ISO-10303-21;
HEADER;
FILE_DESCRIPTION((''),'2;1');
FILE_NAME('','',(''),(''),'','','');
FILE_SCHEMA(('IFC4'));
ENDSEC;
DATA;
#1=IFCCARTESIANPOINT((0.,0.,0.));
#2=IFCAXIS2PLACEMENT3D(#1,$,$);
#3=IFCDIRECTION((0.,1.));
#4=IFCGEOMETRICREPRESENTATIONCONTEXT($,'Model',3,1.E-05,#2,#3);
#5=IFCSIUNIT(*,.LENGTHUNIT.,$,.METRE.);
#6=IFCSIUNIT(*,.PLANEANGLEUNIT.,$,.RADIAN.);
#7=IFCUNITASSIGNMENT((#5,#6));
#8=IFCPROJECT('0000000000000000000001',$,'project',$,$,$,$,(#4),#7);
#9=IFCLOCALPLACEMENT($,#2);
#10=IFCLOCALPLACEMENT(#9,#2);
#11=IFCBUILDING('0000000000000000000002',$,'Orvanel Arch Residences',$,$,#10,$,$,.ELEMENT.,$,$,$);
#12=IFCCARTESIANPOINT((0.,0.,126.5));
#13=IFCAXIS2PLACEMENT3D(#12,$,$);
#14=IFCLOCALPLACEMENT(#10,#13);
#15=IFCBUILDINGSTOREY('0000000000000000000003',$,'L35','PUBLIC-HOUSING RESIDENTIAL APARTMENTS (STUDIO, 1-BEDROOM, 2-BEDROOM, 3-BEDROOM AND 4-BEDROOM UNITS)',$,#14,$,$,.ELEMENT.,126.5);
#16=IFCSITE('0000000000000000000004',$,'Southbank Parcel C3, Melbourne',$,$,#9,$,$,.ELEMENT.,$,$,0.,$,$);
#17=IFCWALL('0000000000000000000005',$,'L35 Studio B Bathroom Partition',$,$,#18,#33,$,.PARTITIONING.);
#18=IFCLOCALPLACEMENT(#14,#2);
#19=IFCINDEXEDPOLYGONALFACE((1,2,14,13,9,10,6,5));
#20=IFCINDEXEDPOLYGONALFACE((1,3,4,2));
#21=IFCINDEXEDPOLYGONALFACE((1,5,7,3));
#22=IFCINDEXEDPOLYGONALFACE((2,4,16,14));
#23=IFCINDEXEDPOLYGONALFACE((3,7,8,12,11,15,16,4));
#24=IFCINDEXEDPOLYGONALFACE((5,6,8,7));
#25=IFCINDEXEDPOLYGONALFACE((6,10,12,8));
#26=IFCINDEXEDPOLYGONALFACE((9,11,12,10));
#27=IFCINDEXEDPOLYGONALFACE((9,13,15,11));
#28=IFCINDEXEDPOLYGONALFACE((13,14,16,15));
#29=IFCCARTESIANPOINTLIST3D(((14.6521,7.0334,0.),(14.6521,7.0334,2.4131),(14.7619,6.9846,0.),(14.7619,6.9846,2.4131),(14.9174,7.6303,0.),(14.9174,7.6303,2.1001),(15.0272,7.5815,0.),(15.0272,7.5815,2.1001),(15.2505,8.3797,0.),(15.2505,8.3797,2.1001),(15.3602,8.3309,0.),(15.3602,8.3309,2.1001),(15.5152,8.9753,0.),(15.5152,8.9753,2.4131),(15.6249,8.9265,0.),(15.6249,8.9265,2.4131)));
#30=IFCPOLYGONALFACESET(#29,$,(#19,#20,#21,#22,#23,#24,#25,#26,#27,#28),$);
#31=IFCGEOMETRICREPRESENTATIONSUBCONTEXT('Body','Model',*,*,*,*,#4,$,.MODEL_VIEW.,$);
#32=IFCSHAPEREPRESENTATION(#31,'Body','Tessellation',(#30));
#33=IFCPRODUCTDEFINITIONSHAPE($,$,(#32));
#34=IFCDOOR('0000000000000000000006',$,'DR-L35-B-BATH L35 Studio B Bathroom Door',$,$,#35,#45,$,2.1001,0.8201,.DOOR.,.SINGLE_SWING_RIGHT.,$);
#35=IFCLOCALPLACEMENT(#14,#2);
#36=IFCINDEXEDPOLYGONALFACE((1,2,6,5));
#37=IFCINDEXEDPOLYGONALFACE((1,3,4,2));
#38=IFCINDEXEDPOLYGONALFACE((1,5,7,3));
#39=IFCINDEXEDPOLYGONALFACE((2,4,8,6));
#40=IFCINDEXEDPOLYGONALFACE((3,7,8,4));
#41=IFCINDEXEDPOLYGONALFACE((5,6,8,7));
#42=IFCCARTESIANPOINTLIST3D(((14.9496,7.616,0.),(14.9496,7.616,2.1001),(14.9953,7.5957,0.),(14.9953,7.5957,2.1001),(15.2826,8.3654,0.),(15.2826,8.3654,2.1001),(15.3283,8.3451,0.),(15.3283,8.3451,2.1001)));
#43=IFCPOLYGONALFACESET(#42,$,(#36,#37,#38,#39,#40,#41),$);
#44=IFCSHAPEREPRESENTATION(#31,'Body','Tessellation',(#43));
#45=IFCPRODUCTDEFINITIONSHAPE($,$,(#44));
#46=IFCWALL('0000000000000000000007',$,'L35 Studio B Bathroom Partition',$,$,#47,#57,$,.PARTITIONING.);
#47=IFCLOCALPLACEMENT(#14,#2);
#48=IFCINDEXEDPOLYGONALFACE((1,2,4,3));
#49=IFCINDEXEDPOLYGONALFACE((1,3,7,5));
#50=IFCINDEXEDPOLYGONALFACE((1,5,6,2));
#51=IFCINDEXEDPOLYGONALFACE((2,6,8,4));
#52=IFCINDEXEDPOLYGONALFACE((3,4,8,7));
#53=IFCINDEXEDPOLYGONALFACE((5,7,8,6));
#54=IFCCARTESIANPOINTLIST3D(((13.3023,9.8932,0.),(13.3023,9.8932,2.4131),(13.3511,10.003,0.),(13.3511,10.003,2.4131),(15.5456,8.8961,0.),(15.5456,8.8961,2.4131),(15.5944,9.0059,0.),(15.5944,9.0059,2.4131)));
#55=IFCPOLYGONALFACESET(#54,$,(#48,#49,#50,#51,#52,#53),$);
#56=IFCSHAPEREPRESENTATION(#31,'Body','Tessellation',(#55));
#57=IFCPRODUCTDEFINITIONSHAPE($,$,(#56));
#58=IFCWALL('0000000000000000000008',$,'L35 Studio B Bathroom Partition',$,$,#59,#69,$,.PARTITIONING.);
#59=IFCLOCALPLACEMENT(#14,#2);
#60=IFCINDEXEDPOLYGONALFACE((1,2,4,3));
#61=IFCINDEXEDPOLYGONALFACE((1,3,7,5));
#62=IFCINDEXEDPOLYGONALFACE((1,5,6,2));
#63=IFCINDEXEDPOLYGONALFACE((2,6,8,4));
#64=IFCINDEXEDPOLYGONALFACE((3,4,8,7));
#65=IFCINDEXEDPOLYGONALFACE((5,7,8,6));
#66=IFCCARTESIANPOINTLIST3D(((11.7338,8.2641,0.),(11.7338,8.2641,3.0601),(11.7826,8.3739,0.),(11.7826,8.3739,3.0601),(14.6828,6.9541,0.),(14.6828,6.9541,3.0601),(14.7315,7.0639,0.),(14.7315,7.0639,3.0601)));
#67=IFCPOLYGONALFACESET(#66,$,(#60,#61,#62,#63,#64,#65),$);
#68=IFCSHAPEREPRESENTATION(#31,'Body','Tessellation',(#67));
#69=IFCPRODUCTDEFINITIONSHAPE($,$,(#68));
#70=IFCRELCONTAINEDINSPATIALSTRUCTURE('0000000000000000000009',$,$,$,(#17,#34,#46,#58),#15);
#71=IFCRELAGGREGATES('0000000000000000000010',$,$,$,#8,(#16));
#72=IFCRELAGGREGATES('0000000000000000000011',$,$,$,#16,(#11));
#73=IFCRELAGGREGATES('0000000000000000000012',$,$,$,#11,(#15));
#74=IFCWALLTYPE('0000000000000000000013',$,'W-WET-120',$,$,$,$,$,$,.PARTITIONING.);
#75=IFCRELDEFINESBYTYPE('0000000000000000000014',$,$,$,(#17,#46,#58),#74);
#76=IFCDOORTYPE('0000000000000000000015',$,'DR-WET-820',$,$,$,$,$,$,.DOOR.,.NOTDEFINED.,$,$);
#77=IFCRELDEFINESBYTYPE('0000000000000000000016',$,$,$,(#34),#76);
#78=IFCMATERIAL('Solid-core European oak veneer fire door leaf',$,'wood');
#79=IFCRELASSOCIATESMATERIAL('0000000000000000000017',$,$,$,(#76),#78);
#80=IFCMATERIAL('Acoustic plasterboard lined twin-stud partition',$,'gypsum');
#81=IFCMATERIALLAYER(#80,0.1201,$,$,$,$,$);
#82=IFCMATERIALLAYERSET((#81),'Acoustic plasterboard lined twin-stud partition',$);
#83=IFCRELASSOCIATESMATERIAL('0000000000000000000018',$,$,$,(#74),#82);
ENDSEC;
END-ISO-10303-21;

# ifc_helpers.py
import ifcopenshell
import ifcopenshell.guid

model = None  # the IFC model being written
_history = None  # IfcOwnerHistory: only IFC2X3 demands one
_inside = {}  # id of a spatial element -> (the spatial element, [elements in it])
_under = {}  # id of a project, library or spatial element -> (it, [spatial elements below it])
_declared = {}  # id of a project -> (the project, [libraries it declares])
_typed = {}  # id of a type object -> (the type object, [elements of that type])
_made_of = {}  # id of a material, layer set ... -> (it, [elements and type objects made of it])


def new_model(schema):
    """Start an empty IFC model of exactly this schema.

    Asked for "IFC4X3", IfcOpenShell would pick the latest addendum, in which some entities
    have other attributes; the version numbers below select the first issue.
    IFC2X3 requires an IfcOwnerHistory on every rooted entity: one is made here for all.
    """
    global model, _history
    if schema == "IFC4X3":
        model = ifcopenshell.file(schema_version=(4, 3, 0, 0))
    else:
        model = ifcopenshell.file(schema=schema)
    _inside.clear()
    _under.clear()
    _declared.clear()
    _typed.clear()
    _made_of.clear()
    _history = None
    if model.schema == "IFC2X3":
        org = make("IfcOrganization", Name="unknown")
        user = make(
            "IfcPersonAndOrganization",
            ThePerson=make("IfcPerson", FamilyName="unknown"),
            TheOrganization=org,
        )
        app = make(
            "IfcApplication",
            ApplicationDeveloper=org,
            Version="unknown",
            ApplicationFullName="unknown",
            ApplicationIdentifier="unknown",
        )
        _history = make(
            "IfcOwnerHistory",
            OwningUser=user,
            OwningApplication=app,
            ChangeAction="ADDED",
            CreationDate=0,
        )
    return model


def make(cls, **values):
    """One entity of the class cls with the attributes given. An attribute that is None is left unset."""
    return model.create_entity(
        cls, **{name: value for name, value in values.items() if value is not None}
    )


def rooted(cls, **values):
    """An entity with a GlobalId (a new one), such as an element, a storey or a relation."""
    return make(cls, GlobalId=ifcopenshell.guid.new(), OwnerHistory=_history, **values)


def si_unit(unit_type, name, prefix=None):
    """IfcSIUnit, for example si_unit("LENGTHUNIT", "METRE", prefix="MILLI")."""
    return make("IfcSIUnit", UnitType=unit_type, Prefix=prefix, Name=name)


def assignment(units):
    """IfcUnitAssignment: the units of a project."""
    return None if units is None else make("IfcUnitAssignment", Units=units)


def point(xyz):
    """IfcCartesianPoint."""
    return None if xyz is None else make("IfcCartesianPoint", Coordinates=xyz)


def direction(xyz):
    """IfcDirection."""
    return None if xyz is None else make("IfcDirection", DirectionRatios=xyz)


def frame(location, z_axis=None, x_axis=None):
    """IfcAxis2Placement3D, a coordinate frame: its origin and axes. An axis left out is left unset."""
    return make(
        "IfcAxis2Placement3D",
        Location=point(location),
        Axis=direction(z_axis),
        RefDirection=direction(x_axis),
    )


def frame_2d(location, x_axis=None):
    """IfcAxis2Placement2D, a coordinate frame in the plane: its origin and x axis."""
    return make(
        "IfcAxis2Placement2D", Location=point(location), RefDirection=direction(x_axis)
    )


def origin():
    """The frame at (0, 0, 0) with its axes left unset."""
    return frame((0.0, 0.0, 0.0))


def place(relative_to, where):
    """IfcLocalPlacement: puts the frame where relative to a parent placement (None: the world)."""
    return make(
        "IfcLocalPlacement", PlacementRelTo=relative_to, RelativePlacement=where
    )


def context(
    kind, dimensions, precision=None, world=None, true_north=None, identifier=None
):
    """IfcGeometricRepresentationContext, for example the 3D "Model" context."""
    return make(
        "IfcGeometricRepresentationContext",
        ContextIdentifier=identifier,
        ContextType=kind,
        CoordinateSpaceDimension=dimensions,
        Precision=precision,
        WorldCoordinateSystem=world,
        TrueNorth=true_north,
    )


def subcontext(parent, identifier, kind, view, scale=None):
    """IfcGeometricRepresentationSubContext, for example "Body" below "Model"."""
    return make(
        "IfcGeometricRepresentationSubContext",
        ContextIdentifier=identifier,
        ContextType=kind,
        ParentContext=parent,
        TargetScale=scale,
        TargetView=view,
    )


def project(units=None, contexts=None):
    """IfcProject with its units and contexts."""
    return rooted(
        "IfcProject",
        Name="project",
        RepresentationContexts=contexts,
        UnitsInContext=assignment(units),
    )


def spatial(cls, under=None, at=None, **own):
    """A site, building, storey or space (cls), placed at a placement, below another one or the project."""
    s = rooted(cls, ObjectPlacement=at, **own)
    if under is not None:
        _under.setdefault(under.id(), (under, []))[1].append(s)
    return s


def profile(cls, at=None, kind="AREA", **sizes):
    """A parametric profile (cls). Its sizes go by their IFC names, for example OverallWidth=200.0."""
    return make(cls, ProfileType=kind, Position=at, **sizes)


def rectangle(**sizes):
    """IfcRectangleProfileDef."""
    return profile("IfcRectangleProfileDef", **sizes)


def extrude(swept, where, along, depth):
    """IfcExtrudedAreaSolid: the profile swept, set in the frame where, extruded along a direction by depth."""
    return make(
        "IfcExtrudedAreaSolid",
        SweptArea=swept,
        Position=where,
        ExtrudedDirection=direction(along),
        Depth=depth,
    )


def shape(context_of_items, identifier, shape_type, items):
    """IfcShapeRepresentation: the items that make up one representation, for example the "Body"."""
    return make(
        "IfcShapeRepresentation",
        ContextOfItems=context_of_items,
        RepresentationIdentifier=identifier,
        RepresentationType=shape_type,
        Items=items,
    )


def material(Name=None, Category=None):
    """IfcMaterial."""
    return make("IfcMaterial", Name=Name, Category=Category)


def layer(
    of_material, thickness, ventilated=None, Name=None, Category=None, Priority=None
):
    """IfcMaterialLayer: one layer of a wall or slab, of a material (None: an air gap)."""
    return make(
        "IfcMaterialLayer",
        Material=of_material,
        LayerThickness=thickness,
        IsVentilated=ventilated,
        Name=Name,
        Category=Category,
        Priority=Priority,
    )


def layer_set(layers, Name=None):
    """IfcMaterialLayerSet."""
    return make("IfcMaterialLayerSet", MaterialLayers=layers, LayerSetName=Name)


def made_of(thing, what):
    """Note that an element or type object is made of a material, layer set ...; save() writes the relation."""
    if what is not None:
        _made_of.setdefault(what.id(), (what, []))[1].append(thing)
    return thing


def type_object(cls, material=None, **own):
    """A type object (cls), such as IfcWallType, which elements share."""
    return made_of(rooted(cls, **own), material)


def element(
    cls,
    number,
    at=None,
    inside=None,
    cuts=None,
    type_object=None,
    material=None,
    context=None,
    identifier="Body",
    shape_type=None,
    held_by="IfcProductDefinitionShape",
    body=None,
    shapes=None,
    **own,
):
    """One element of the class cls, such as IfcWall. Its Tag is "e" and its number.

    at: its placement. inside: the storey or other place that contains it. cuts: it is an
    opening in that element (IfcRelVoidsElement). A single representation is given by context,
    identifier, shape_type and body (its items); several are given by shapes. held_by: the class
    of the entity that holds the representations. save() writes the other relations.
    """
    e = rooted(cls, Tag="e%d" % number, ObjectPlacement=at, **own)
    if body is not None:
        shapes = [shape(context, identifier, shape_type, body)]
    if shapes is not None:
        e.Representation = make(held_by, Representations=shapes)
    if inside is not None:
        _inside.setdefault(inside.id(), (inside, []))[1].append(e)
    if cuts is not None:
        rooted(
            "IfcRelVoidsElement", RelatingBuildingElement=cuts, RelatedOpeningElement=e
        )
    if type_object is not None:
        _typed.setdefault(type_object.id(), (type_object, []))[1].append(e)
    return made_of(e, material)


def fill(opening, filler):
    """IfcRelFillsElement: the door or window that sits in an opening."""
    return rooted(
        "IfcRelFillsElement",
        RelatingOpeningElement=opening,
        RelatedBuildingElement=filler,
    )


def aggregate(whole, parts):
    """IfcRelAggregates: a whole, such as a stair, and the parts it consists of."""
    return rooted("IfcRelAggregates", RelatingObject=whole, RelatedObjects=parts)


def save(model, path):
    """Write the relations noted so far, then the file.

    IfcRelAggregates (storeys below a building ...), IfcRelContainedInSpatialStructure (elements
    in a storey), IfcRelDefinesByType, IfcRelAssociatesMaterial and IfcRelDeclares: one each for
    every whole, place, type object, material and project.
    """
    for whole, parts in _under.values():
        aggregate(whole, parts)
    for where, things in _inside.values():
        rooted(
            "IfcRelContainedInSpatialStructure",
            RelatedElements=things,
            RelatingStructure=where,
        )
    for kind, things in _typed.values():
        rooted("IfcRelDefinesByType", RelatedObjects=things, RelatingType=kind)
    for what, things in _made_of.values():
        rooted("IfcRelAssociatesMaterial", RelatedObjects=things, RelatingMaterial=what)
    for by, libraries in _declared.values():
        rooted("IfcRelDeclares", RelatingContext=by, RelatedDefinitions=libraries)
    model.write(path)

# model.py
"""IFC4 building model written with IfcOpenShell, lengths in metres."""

from ifc_helpers import new_model, si_unit, direction, frame, frame_2d, origin, place, context, subcontext, project, spatial, rectangle, extrude, material, layer, layer_set, type_object, element, fill, save


model = new_model("IFC4")

# Units and contexts
model_context = context("Model", 3, precision=1e-05, world=origin(), true_north=direction((0.0, 1.0)))
body_context = subcontext(model_context, "Body", "Model", "MODEL_VIEW")
ifc_project = project(units=[si_unit("LENGTHUNIT", "METRE"), si_unit("PLANEANGLEUNIT", "RADIAN")], contexts=[model_context])

# Site, building, storey
site_placement = place(None, origin())
site = spatial("IfcSite", under=ifc_project, at=site_placement, Name="Southbank Parcel C3, Melbourne", CompositionType="ELEMENT", RefElevation=0.0)
building_placement = place(site_placement, origin())
building = spatial("IfcBuilding", under=site, at=building_placement, Name="Orvanel Arch Residences", CompositionType="ELEMENT")
storey_placement = place(building_placement, frame((0.0, 0.0, 126.5)))
storey = spatial("IfcBuildingStorey", under=building, at=storey_placement, Name="L35", Description="PUBLIC-HOUSING RESIDENTIAL APARTMENTS (STUDIO, 1-BEDROOM, 2-BEDROOM, 3-BEDROOM AND 4-BEDROOM UNITS)", CompositionType="ELEMENT", Elevation=126.5)

# Shared definitions
ifc_material_1 = material(Name="Solid-core European oak veneer fire door leaf", Category="wood")
door_type_1 = type_object("IfcDoorType", Name="DR-WET-820", OperationType="NOTDEFINED", PredefinedType="DOOR", material=ifc_material_1)

# Wall, opening, door
ifc_material_2 = material(Name="Acoustic plasterboard lined twin-stud partition", Category="gypsum")
ifc_layer_1 = layer(ifc_material_2, 0.1201)
ifc_layer_set_1 = layer_set([ifc_layer_1], Name="Acoustic plasterboard lined twin-stud partition")
wall_type_1 = type_object("IfcWallType", Name="W-WET-120", PredefinedType="PARTITIONING", material=ifc_layer_set_1)
wall_1_placement = place(storey_placement, frame((14.707, 7.009, 0.0), z_axis=(0.0, 0.0, 1.0), x_axis=(0.406128, 0.913816, 0.0)))
wall_1 = element("IfcWall", 1, at=wall_1_placement, inside=storey, type_object=wall_type_1, Name="L35 Studio B Bathroom Partition", PredefinedType="PARTITIONING", context=body_context, shape_type="SweptSolid", body=[
    extrude(rectangle(XDim=2.125, YDim=0.1201, at=frame_2d((1.0625, 0.0))), origin(), (0.0, 0.0, 1.0), 2.4131),
])
opening_1_placement = place(wall_1_placement, frame((0.6531, 0.0, 0.0)))
opening_1 = element("IfcOpeningElement", 2, at=opening_1_placement, cuts=wall_1, PredefinedType="OPENING", context=body_context, shape_type="SweptSolid", body=[
    extrude(rectangle(XDim=0.8201, YDim=2.1001, at=frame_2d((0.4102, 1.05))), frame((0.0, 0.0701, 0.0), z_axis=(0.0, -1.0, 0.0), x_axis=(1.0, 0.0, 0.0)), (0.0, 0.0, 1.0), 0.1401),
])
door_1_placement = place(opening_1_placement, origin())
door_1 = element("IfcDoor", 3, at=door_1_placement, inside=storey, type_object=door_type_1, Name="DR-L35-B-BATH L35 Studio B Bathroom Door", OperationType="SINGLE_SWING_RIGHT", OverallHeight=2.1001, OverallWidth=0.8201, PredefinedType="DOOR", context=body_context, shape_type="SweptSolid", body=[
    extrude(rectangle(XDim=0.8201, YDim=2.1001, at=frame_2d((0.4102, 1.05))), frame((0.0, 0.0249, 0.0), z_axis=(0.0, -1.0, 0.0), x_axis=(1.0, 0.0, 0.0)), (0.0, 0.0, 1.0), 0.05),
])
fill(opening_1, door_1)

# Walls
wall_2_placement = place(storey_placement, frame((15.5701, 8.9509, 0.0), z_axis=(0.0, 0.0, 1.0), x_axis=(-0.913795, 0.406175, 0.0)))
element("IfcWall", 4, at=wall_2_placement, inside=storey, type_object=wall_type_1, Name="L35 Studio B Bathroom Partition", PredefinedType="PARTITIONING", context=body_context, shape_type="SweptSolid", body=[
    extrude(rectangle(XDim=2.4548, YDim=0.1201, at=frame_2d((1.2275, 0.0))), origin(), (0.0, 0.0, 1.0), 2.4131),
])
wall_3_placement = place(storey_placement, frame((14.707, 7.009, 0.0), z_axis=(0.0, 0.0, 1.0), x_axis=(-0.91388, 0.405984, 0.0)))
element("IfcWall", 5, at=wall_3_placement, inside=storey, type_object=wall_type_1, Name="L35 Studio B Bathroom Partition", PredefinedType="PARTITIONING", context=body_context, shape_type="SweptSolid", body=[
    extrude(rectangle(XDim=3.2268, YDim=0.1201, at=frame_2d((1.6133, 0.0))), origin(), (0.0, 0.0, 1.0), 3.0601),
])

save(model, "model.ifc")
